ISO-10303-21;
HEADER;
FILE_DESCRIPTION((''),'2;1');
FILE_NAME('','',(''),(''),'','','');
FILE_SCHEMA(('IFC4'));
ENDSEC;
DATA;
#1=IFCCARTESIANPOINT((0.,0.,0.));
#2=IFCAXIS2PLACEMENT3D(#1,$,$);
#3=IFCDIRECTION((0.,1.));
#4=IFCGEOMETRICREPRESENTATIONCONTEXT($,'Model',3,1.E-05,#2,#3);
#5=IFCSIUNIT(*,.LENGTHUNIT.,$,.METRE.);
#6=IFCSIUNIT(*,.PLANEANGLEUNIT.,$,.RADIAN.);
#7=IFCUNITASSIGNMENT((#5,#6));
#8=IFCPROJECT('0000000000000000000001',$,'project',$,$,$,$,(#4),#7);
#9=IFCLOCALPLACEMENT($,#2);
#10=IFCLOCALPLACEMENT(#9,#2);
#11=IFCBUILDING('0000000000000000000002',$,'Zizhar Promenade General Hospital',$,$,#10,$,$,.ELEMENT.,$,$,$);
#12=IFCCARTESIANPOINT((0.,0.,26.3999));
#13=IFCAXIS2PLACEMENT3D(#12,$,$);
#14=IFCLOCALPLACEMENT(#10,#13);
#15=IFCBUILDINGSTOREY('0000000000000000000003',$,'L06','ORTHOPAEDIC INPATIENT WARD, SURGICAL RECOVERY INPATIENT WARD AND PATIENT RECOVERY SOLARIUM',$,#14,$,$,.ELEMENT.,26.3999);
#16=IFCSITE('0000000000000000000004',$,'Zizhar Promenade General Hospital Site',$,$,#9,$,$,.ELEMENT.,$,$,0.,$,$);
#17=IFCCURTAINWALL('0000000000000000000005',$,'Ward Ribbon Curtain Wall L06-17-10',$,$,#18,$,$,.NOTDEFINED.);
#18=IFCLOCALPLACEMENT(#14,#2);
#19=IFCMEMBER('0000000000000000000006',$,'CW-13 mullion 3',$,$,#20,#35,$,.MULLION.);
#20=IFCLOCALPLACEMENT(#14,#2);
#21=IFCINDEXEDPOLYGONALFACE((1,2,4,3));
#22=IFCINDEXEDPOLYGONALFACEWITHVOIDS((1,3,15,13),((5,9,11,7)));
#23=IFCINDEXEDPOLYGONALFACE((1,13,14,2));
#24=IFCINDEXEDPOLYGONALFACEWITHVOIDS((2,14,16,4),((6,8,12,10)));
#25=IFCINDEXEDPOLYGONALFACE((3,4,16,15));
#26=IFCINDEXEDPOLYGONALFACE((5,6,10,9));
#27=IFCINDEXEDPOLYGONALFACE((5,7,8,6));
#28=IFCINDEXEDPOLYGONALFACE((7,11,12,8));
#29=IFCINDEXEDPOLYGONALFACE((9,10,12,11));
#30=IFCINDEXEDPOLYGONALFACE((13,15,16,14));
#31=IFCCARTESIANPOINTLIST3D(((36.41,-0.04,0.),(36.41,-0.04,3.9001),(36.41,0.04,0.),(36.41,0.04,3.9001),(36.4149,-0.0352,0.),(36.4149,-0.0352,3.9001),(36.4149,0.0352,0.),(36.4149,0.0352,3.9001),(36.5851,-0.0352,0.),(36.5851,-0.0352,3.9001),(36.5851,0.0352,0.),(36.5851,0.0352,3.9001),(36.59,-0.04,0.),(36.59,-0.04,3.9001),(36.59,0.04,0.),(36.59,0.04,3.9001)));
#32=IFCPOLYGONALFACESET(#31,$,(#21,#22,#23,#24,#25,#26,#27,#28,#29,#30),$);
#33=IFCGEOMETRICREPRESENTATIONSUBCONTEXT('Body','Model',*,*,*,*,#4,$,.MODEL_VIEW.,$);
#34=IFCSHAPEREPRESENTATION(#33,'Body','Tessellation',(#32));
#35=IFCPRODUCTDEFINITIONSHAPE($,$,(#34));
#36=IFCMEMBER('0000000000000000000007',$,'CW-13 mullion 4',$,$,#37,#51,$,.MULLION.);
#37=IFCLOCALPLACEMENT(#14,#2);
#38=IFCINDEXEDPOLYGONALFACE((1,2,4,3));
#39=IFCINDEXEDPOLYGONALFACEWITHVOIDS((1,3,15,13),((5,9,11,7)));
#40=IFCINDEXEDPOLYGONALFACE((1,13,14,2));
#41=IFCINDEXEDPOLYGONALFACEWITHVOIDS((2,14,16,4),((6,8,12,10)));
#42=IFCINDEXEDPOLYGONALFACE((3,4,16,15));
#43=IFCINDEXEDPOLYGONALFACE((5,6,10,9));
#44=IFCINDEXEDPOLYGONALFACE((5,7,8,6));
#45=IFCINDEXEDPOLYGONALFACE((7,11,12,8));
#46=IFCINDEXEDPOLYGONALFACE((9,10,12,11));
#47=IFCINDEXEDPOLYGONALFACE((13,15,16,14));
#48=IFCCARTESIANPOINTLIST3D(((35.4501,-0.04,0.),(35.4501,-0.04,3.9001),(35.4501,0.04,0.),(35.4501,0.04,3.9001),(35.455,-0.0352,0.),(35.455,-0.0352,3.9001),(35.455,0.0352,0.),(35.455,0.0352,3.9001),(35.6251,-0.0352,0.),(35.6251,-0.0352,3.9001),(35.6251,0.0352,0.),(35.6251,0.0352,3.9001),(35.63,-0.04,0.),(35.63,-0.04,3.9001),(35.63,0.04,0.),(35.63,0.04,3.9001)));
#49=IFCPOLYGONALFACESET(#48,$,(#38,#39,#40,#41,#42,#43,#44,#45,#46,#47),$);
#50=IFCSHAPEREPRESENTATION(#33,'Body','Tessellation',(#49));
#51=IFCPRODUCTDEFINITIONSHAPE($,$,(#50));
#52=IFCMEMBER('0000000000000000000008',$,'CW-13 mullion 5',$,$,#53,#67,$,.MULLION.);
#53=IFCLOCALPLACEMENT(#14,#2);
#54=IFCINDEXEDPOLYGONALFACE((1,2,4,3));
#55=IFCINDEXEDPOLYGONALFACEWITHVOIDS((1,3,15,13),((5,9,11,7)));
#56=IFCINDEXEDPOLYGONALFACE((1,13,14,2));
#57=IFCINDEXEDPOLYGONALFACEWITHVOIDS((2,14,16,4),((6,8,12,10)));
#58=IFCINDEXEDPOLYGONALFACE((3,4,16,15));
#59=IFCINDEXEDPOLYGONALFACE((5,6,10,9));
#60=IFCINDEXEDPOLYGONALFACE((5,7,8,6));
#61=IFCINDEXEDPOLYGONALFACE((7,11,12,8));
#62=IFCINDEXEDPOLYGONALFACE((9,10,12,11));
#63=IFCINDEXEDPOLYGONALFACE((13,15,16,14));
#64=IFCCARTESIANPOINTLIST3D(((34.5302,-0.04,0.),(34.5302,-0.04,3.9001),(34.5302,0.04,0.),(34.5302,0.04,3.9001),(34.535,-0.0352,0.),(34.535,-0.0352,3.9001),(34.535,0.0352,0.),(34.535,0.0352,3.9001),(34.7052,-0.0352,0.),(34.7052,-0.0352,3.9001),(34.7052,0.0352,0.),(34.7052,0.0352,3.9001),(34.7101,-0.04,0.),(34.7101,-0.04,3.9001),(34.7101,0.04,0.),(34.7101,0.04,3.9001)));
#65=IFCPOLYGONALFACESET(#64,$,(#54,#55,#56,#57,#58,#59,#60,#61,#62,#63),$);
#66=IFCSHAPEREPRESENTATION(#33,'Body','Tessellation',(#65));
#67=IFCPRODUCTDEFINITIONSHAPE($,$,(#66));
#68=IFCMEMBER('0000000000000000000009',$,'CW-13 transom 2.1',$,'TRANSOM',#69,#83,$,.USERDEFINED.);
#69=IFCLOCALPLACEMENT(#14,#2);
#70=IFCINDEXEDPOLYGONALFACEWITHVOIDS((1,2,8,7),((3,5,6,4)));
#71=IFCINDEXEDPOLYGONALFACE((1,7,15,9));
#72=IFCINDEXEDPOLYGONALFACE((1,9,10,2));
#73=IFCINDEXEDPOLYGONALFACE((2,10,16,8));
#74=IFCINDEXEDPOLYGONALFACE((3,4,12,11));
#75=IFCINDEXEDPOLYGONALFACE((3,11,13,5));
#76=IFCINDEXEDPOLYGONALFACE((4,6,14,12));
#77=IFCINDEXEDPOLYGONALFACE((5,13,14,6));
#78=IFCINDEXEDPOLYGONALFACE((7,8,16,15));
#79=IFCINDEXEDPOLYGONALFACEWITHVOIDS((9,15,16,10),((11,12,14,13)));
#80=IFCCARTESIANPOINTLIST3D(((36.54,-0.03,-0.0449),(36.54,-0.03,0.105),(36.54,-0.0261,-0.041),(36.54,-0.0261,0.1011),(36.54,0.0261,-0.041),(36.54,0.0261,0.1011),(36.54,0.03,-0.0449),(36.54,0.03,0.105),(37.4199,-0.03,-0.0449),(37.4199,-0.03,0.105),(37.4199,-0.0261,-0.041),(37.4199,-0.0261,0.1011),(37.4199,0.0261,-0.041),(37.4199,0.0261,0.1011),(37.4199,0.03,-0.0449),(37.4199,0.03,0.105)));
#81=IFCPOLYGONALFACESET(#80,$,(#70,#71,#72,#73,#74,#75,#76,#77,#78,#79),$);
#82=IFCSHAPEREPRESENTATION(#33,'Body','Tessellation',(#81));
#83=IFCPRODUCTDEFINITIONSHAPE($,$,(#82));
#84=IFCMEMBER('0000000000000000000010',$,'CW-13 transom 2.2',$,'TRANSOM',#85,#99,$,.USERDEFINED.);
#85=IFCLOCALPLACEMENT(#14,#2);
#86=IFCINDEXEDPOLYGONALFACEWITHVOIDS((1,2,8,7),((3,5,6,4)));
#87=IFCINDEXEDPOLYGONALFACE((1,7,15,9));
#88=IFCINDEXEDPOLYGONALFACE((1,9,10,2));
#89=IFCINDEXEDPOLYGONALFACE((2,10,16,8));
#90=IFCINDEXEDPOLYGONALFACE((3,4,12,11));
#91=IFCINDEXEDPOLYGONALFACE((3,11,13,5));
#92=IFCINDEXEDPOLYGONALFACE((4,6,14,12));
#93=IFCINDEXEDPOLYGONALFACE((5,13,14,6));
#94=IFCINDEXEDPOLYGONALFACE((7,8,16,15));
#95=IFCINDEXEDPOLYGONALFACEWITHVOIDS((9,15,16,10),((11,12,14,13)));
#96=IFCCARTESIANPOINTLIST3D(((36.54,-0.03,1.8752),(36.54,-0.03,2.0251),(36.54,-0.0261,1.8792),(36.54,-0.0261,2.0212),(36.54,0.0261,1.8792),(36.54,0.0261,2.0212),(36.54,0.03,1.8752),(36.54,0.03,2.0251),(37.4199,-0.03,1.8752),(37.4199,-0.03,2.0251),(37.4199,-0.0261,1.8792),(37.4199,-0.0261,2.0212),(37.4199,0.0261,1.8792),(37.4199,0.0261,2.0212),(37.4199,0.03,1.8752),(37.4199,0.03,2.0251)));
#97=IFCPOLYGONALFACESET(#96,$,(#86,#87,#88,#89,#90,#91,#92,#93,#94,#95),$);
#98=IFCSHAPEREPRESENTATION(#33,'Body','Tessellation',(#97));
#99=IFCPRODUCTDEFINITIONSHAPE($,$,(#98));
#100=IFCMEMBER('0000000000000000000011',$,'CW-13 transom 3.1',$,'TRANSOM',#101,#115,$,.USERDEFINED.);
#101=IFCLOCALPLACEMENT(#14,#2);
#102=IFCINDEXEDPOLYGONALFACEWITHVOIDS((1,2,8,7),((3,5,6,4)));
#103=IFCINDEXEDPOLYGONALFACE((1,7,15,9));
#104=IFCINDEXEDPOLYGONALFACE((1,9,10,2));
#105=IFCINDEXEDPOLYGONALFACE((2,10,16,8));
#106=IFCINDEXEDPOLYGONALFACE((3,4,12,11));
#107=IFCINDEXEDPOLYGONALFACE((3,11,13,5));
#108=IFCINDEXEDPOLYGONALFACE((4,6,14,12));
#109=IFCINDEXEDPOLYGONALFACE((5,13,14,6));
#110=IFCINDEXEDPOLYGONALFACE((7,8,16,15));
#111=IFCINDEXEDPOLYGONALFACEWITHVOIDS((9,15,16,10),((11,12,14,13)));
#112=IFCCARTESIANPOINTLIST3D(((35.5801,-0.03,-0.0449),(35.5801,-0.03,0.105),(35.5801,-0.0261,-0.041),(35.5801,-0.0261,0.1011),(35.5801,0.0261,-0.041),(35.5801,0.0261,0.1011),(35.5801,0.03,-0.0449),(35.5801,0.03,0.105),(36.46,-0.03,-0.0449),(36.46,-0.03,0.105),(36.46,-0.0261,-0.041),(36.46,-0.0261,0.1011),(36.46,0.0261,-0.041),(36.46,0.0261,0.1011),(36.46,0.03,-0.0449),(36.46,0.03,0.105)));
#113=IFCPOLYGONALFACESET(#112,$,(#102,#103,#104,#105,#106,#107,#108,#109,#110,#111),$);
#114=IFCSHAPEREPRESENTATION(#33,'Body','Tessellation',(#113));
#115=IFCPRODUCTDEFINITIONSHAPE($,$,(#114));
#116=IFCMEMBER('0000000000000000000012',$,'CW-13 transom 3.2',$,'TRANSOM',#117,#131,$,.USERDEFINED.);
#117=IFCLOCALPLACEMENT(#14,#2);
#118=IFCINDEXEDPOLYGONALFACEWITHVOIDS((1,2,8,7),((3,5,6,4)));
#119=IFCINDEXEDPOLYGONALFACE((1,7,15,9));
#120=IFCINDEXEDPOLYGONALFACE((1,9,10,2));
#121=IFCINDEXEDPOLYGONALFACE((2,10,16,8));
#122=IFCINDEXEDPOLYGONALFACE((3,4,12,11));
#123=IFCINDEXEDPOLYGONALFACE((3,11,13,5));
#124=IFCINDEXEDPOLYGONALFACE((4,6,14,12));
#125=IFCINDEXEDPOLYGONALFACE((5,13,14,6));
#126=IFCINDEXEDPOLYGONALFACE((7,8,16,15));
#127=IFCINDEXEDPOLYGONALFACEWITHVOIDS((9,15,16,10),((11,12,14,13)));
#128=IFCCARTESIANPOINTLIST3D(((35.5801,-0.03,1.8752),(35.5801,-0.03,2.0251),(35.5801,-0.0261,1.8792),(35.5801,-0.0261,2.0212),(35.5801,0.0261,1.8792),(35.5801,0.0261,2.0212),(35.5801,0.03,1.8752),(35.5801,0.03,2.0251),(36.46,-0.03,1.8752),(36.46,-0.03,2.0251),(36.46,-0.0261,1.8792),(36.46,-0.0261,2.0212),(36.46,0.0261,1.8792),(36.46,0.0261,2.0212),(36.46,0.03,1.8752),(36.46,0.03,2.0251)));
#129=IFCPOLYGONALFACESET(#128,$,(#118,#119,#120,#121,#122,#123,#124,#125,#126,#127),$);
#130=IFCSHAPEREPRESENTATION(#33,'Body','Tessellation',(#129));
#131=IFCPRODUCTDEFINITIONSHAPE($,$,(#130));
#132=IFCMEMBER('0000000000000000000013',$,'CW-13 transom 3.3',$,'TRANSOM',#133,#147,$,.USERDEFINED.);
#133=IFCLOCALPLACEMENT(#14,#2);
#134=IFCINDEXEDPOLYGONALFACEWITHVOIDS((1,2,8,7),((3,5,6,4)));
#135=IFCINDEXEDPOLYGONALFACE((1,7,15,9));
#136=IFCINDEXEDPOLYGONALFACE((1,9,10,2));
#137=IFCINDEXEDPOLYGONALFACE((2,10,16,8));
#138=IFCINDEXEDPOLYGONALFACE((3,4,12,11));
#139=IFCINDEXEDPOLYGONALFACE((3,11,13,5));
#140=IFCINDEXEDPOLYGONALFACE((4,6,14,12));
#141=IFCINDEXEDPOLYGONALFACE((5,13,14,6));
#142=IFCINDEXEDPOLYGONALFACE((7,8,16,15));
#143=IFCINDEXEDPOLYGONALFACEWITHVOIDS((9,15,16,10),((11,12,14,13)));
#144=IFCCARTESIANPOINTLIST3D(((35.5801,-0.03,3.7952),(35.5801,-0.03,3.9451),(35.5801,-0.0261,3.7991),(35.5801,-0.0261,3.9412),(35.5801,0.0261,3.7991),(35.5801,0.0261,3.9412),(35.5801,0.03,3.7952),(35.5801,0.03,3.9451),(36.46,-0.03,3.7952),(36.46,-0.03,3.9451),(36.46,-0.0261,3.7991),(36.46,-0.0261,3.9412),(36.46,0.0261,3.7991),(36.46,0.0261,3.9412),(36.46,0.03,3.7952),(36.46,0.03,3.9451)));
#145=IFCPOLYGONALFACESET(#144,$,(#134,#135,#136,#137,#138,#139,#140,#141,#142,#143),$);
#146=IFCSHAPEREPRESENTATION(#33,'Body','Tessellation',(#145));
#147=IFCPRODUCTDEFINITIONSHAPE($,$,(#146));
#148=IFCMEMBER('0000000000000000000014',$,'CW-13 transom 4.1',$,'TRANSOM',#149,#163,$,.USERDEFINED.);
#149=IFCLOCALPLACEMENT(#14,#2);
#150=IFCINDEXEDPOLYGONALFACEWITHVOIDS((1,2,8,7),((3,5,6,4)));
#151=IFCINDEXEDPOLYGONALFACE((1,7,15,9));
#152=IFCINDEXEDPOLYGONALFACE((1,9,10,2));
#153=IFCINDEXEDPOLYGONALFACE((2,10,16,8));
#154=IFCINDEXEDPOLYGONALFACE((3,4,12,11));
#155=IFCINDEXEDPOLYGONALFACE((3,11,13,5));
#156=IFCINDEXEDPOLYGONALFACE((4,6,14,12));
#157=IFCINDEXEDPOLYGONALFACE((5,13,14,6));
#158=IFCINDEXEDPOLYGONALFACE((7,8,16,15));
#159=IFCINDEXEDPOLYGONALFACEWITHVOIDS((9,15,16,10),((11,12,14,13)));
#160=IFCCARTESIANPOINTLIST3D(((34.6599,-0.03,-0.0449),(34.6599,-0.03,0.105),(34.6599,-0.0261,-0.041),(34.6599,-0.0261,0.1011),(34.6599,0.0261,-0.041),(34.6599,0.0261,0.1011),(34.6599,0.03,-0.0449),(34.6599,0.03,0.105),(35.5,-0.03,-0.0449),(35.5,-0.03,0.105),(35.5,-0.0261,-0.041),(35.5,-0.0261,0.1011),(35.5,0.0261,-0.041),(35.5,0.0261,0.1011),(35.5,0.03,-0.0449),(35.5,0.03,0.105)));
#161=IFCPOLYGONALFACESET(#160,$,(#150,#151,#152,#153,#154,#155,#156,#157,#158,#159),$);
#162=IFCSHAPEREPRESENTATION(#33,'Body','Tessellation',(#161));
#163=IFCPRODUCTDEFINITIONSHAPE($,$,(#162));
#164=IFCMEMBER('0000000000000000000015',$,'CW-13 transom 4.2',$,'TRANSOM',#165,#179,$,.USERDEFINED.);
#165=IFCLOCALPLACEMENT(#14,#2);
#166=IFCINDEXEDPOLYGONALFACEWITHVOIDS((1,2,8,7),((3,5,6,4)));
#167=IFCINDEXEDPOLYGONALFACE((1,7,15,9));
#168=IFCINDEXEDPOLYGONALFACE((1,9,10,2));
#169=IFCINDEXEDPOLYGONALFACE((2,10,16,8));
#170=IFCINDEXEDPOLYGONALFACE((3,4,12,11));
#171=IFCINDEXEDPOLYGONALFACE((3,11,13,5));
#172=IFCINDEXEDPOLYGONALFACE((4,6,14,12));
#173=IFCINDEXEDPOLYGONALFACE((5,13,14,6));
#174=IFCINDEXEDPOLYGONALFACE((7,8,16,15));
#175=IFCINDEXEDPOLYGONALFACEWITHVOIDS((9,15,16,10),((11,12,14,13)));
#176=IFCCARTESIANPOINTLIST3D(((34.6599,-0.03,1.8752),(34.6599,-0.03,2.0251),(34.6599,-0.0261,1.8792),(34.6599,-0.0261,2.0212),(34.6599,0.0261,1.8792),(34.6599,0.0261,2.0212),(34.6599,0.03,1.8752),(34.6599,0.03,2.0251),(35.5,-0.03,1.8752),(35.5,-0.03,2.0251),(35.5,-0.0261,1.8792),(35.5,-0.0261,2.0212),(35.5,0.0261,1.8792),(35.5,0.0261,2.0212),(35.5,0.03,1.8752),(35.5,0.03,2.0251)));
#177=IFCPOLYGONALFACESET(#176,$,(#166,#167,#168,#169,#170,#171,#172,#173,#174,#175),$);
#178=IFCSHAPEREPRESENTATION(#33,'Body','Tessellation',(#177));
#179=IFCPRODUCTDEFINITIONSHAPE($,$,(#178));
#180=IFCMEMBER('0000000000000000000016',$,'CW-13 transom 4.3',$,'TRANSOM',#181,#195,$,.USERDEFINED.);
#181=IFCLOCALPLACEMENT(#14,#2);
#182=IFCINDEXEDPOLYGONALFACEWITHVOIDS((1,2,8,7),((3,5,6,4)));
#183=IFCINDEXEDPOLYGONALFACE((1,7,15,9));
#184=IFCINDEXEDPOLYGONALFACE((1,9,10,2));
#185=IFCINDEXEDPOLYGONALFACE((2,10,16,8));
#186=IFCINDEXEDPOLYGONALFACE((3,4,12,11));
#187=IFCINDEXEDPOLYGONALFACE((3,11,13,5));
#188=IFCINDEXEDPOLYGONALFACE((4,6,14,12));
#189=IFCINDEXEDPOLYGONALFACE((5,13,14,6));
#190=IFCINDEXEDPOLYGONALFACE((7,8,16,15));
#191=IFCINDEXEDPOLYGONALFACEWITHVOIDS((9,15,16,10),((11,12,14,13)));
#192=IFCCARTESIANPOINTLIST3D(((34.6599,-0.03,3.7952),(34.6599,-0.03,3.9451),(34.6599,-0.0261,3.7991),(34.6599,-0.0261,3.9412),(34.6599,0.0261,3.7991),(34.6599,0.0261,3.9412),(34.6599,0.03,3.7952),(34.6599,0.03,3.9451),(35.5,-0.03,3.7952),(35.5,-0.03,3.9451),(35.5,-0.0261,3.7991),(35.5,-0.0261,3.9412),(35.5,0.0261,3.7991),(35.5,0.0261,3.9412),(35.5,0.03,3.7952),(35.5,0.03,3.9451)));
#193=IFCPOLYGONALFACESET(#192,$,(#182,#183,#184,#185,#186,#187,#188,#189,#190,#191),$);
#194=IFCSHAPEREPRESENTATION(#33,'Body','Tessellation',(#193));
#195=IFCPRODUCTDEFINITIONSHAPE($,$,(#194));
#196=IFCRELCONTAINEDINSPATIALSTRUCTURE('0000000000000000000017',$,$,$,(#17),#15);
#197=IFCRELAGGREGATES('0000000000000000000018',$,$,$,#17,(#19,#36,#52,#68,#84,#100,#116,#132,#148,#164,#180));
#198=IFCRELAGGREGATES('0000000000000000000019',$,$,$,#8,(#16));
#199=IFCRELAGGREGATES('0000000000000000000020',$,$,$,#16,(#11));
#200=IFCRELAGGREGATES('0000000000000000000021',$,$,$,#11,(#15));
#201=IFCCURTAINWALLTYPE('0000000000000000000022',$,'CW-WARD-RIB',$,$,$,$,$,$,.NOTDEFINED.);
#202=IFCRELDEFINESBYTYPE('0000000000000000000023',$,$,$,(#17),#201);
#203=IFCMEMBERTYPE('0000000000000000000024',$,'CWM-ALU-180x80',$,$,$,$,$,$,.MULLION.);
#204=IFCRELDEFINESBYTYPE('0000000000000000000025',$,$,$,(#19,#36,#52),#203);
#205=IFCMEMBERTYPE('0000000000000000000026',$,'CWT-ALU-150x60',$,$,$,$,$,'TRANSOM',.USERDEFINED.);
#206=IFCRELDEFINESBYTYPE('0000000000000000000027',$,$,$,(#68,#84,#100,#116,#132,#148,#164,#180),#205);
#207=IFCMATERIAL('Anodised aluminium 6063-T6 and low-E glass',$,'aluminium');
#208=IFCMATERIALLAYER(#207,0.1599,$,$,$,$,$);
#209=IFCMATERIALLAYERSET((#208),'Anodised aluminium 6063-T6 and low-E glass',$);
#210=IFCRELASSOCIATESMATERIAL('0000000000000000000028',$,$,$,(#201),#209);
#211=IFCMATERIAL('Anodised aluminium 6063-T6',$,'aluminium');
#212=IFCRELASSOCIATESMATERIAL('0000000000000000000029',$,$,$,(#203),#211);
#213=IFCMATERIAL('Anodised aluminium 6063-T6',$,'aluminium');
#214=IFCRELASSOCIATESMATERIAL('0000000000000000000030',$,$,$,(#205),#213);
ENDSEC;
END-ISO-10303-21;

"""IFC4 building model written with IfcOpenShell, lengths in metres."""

from ifc_helpers import new_model, si_unit, direction, frame, origin, origin_2d, place, context, subcontext, project, spatial, hollow_rectangle, extrude, material, layer, layer_set, material_profile, profile_set, type_object, element, aggregate, save


model = new_model("IFC4")

# Units and contexts
model_context = context("Model", 3, precision=1e-05, world=origin(), true_north=direction((0.0, 1.0)))
body_context = subcontext(model_context, "Body", "Model", "MODEL_VIEW")
ifc_project = project(units=[si_unit("LENGTHUNIT", "METRE"), si_unit("PLANEANGLEUNIT", "RADIAN")], contexts=[model_context])

# Site, building, storey
site_placement = place(None, origin())
site = spatial("IfcSite", under=ifc_project, at=site_placement, Name="Zizhar Promenade General Hospital Site", CompositionType="ELEMENT", RefElevation=0.0)
building_placement = place(site_placement, origin())
building = spatial("IfcBuilding", under=site, at=building_placement, Name="Zizhar Promenade General Hospital", CompositionType="ELEMENT")
storey_placement = place(building_placement, frame((0.0, 0.0, 26.3999)))
storey = spatial("IfcBuildingStorey", under=building, at=storey_placement, Name="L06", Description="ORTHOPAEDIC INPATIENT WARD, SURGICAL RECOVERY INPATIENT WARD AND PATIENT RECOVERY SOLARIUM", CompositionType="ELEMENT", Elevation=26.3999)

# Curtain wall, members
ifc_material_1 = material(Name="Anodised aluminium 6063-T6 and low-E glass", Category="aluminium")
ifc_layer_1 = layer(ifc_material_1, 0.1599)
ifc_layer_set_1 = layer_set([ifc_layer_1], Name="Anodised aluminium 6063-T6 and low-E glass")
curtain_wall_type = type_object("IfcCurtainWallType", Name="CW-WARD-RIB", PredefinedType="NOTDEFINED", material=ifc_layer_set_1)
curtain_wall_placement = place(storey_placement, origin())
curtain_wall = element("IfcCurtainWall", 1, at=curtain_wall_placement, inside=storey, type_object=curtain_wall_type, Name="Ward Ribbon Curtain Wall L06-17-10", PredefinedType="NOTDEFINED")
ifc_material_2 = material(Name="Anodised aluminium 6063-T6", Category="aluminium")
ifc_material_profile_1 = material_profile(ifc_material_2, hollow_rectangle(XDim=0.0801, YDim=0.1799, WallThickness=0.0049, at=origin_2d()))
ifc_profile_set_1 = profile_set([ifc_material_profile_1], Name="Anodised aluminium 6063-T6")
member_type_1 = type_object("IfcMemberType", Name="CWM-ALU-180x80", PredefinedType="MULLION", material=ifc_profile_set_1)
member_1_placement = place(storey_placement, frame((36.5, 0.0, 0.0), z_axis=(0.0, 0.0, 1.0), x_axis=(0.0, -1.0, 0.0)))
member_1 = element("IfcMember", 2, at=member_1_placement, type_object=member_type_1, Name="CW-13 mullion 3", PredefinedType="MULLION", context=body_context, shape_type="SweptSolid", body=[
    extrude(hollow_rectangle(XDim=0.0801, YDim=0.1799, WallThickness=0.0049, at=origin_2d()), origin(), (0.0, 0.0, 1.0), 3.9001),
])
member_2_placement = place(storey_placement, frame((35.54, 0.0, 0.0), z_axis=(0.0, 0.0, 1.0), x_axis=(0.0, -1.0, 0.0)))
member_2 = element("IfcMember", 3, at=member_2_placement, type_object=member_type_1, Name="CW-13 mullion 4", PredefinedType="MULLION", context=body_context, shape_type="SweptSolid", body=[
    extrude(hollow_rectangle(XDim=0.0801, YDim=0.1799, WallThickness=0.0049, at=origin_2d()), origin(), (0.0, 0.0, 1.0), 3.9001),
])
member_3_placement = place(storey_placement, frame((34.6201, 0.0, 0.0), z_axis=(0.0, 0.0, 1.0), x_axis=(0.0, -1.0, 0.0)))
member_3 = element("IfcMember", 4, at=member_3_placement, type_object=member_type_1, Name="CW-13 mullion 5", PredefinedType="MULLION", context=body_context, shape_type="SweptSolid", body=[
    extrude(hollow_rectangle(XDim=0.0801, YDim=0.1799, WallThickness=0.0049, at=origin_2d()), origin(), (0.0, 0.0, 1.0), 3.9001),
])
ifc_material_3 = material(Name="Anodised aluminium 6063-T6", Category="aluminium")
ifc_material_profile_2 = material_profile(ifc_material_3, hollow_rectangle(XDim=0.0601, YDim=0.1499, WallThickness=0.0039, at=origin_2d()))
ifc_profile_set_2 = profile_set([ifc_material_profile_2], Name="Anodised aluminium 6063-T6")
member_type_2 = type_object("IfcMemberType", Name="CWT-ALU-150x60", ElementType="TRANSOM", PredefinedType="USERDEFINED", material=ifc_profile_set_2)
member_4_placement = place(storey_placement, frame((37.4199, 0.0, 0.03), z_axis=(-1.0, 0.0, 0.0), x_axis=(0.0, -1.0, 0.0)))
member_4 = element("IfcMember", 5, at=member_4_placement, type_object=member_type_2, Name="CW-13 transom 2.1", ObjectType="TRANSOM", PredefinedType="USERDEFINED", context=body_context, shape_type="SweptSolid", body=[
    extrude(hollow_rectangle(XDim=0.0601, YDim=0.1499, WallThickness=0.0039, at=origin_2d()), origin(), (0.0, 0.0, 1.0), 0.8799),
])
member_5_placement = place(storey_placement, frame((37.4199, 0.0, 1.9502), z_axis=(-1.0, 0.0, 0.0), x_axis=(0.0, -1.0, 0.0)))
member_5 = element("IfcMember", 6, at=member_5_placement, type_object=member_type_2, Name="CW-13 transom 2.2", ObjectType="TRANSOM", PredefinedType="USERDEFINED", context=body_context, shape_type="SweptSolid", body=[
    extrude(hollow_rectangle(XDim=0.0601, YDim=0.1499, WallThickness=0.0039, at=origin_2d()), origin(), (0.0, 0.0, 1.0), 0.8799),
])
member_6_placement = place(storey_placement, frame((36.46, 0.0, 0.03), z_axis=(-1.0, 0.0, 0.0), x_axis=(0.0, -1.0, 0.0)))
member_6 = element("IfcMember", 7, at=member_6_placement, type_object=member_type_2, Name="CW-13 transom 3.1", ObjectType="TRANSOM", PredefinedType="USERDEFINED", context=body_context, shape_type="SweptSolid", body=[
    extrude(hollow_rectangle(XDim=0.0601, YDim=0.1499, WallThickness=0.0039, at=origin_2d()), origin(), (0.0, 0.0, 1.0), 0.8799),
])
member_7_placement = place(storey_placement, frame((36.46, 0.0, 1.9502), z_axis=(-1.0, 0.0, 0.0), x_axis=(0.0, -1.0, 0.0)))
member_7 = element("IfcMember", 8, at=member_7_placement, type_object=member_type_2, Name="CW-13 transom 3.2", ObjectType="TRANSOM", PredefinedType="USERDEFINED", context=body_context, shape_type="SweptSolid", body=[
    extrude(hollow_rectangle(XDim=0.0601, YDim=0.1499, WallThickness=0.0039, at=origin_2d()), origin(), (0.0, 0.0, 1.0), 0.8799),
])
member_8_placement = place(storey_placement, frame((36.46, 0.0, 3.8701), z_axis=(-1.0, 0.0, 0.0), x_axis=(0.0, -1.0, 0.0)))
member_8 = element("IfcMember", 9, at=member_8_placement, type_object=member_type_2, Name="CW-13 transom 3.3", ObjectType="TRANSOM", PredefinedType="USERDEFINED", context=body_context, shape_type="SweptSolid", body=[
    extrude(hollow_rectangle(XDim=0.0601, YDim=0.1499, WallThickness=0.0039, at=origin_2d()), origin(), (0.0, 0.0, 1.0), 0.8799),
])
member_9_placement = place(storey_placement, frame((35.5, 0.0, 0.03), z_axis=(-1.0, 0.0, 0.0), x_axis=(0.0, -1.0, 0.0)))
member_9 = element("IfcMember", 10, at=member_9_placement, type_object=member_type_2, Name="CW-13 transom 4.1", ObjectType="TRANSOM", PredefinedType="USERDEFINED", context=body_context, shape_type="SweptSolid", body=[
    extrude(hollow_rectangle(XDim=0.0601, YDim=0.1499, WallThickness=0.0039, at=origin_2d()), origin(), (0.0, 0.0, 1.0), 0.8401),
])
member_10_placement = place(storey_placement, frame((35.5, 0.0, 1.9502), z_axis=(-1.0, 0.0, 0.0), x_axis=(0.0, -1.0, 0.0)))
member_10 = element("IfcMember", 11, at=member_10_placement, type_object=member_type_2, Name="CW-13 transom 4.2", ObjectType="TRANSOM", PredefinedType="USERDEFINED", context=body_context, shape_type="SweptSolid", body=[
    extrude(hollow_rectangle(XDim=0.0601, YDim=0.1499, WallThickness=0.0039, at=origin_2d()), origin(), (0.0, 0.0, 1.0), 0.8401),
])
member_11_placement = place(storey_placement, frame((35.5, 0.0, 3.8701), z_axis=(-1.0, 0.0, 0.0), x_axis=(0.0, -1.0, 0.0)))
member_11 = element("IfcMember", 12, at=member_11_placement, type_object=member_type_2, Name="CW-13 transom 4.3", ObjectType="TRANSOM", PredefinedType="USERDEFINED", context=body_context, shape_type="SweptSolid", body=[
    extrude(hollow_rectangle(XDim=0.0601, YDim=0.1499, WallThickness=0.0039, at=origin_2d()), origin(), (0.0, 0.0, 1.0), 0.8401),
])
aggregate(curtain_wall, [member_1, member_2, member_3, member_4, member_5, member_6, member_7, member_8, member_9, member_10, member_11])

save(model, "model.ifc")
